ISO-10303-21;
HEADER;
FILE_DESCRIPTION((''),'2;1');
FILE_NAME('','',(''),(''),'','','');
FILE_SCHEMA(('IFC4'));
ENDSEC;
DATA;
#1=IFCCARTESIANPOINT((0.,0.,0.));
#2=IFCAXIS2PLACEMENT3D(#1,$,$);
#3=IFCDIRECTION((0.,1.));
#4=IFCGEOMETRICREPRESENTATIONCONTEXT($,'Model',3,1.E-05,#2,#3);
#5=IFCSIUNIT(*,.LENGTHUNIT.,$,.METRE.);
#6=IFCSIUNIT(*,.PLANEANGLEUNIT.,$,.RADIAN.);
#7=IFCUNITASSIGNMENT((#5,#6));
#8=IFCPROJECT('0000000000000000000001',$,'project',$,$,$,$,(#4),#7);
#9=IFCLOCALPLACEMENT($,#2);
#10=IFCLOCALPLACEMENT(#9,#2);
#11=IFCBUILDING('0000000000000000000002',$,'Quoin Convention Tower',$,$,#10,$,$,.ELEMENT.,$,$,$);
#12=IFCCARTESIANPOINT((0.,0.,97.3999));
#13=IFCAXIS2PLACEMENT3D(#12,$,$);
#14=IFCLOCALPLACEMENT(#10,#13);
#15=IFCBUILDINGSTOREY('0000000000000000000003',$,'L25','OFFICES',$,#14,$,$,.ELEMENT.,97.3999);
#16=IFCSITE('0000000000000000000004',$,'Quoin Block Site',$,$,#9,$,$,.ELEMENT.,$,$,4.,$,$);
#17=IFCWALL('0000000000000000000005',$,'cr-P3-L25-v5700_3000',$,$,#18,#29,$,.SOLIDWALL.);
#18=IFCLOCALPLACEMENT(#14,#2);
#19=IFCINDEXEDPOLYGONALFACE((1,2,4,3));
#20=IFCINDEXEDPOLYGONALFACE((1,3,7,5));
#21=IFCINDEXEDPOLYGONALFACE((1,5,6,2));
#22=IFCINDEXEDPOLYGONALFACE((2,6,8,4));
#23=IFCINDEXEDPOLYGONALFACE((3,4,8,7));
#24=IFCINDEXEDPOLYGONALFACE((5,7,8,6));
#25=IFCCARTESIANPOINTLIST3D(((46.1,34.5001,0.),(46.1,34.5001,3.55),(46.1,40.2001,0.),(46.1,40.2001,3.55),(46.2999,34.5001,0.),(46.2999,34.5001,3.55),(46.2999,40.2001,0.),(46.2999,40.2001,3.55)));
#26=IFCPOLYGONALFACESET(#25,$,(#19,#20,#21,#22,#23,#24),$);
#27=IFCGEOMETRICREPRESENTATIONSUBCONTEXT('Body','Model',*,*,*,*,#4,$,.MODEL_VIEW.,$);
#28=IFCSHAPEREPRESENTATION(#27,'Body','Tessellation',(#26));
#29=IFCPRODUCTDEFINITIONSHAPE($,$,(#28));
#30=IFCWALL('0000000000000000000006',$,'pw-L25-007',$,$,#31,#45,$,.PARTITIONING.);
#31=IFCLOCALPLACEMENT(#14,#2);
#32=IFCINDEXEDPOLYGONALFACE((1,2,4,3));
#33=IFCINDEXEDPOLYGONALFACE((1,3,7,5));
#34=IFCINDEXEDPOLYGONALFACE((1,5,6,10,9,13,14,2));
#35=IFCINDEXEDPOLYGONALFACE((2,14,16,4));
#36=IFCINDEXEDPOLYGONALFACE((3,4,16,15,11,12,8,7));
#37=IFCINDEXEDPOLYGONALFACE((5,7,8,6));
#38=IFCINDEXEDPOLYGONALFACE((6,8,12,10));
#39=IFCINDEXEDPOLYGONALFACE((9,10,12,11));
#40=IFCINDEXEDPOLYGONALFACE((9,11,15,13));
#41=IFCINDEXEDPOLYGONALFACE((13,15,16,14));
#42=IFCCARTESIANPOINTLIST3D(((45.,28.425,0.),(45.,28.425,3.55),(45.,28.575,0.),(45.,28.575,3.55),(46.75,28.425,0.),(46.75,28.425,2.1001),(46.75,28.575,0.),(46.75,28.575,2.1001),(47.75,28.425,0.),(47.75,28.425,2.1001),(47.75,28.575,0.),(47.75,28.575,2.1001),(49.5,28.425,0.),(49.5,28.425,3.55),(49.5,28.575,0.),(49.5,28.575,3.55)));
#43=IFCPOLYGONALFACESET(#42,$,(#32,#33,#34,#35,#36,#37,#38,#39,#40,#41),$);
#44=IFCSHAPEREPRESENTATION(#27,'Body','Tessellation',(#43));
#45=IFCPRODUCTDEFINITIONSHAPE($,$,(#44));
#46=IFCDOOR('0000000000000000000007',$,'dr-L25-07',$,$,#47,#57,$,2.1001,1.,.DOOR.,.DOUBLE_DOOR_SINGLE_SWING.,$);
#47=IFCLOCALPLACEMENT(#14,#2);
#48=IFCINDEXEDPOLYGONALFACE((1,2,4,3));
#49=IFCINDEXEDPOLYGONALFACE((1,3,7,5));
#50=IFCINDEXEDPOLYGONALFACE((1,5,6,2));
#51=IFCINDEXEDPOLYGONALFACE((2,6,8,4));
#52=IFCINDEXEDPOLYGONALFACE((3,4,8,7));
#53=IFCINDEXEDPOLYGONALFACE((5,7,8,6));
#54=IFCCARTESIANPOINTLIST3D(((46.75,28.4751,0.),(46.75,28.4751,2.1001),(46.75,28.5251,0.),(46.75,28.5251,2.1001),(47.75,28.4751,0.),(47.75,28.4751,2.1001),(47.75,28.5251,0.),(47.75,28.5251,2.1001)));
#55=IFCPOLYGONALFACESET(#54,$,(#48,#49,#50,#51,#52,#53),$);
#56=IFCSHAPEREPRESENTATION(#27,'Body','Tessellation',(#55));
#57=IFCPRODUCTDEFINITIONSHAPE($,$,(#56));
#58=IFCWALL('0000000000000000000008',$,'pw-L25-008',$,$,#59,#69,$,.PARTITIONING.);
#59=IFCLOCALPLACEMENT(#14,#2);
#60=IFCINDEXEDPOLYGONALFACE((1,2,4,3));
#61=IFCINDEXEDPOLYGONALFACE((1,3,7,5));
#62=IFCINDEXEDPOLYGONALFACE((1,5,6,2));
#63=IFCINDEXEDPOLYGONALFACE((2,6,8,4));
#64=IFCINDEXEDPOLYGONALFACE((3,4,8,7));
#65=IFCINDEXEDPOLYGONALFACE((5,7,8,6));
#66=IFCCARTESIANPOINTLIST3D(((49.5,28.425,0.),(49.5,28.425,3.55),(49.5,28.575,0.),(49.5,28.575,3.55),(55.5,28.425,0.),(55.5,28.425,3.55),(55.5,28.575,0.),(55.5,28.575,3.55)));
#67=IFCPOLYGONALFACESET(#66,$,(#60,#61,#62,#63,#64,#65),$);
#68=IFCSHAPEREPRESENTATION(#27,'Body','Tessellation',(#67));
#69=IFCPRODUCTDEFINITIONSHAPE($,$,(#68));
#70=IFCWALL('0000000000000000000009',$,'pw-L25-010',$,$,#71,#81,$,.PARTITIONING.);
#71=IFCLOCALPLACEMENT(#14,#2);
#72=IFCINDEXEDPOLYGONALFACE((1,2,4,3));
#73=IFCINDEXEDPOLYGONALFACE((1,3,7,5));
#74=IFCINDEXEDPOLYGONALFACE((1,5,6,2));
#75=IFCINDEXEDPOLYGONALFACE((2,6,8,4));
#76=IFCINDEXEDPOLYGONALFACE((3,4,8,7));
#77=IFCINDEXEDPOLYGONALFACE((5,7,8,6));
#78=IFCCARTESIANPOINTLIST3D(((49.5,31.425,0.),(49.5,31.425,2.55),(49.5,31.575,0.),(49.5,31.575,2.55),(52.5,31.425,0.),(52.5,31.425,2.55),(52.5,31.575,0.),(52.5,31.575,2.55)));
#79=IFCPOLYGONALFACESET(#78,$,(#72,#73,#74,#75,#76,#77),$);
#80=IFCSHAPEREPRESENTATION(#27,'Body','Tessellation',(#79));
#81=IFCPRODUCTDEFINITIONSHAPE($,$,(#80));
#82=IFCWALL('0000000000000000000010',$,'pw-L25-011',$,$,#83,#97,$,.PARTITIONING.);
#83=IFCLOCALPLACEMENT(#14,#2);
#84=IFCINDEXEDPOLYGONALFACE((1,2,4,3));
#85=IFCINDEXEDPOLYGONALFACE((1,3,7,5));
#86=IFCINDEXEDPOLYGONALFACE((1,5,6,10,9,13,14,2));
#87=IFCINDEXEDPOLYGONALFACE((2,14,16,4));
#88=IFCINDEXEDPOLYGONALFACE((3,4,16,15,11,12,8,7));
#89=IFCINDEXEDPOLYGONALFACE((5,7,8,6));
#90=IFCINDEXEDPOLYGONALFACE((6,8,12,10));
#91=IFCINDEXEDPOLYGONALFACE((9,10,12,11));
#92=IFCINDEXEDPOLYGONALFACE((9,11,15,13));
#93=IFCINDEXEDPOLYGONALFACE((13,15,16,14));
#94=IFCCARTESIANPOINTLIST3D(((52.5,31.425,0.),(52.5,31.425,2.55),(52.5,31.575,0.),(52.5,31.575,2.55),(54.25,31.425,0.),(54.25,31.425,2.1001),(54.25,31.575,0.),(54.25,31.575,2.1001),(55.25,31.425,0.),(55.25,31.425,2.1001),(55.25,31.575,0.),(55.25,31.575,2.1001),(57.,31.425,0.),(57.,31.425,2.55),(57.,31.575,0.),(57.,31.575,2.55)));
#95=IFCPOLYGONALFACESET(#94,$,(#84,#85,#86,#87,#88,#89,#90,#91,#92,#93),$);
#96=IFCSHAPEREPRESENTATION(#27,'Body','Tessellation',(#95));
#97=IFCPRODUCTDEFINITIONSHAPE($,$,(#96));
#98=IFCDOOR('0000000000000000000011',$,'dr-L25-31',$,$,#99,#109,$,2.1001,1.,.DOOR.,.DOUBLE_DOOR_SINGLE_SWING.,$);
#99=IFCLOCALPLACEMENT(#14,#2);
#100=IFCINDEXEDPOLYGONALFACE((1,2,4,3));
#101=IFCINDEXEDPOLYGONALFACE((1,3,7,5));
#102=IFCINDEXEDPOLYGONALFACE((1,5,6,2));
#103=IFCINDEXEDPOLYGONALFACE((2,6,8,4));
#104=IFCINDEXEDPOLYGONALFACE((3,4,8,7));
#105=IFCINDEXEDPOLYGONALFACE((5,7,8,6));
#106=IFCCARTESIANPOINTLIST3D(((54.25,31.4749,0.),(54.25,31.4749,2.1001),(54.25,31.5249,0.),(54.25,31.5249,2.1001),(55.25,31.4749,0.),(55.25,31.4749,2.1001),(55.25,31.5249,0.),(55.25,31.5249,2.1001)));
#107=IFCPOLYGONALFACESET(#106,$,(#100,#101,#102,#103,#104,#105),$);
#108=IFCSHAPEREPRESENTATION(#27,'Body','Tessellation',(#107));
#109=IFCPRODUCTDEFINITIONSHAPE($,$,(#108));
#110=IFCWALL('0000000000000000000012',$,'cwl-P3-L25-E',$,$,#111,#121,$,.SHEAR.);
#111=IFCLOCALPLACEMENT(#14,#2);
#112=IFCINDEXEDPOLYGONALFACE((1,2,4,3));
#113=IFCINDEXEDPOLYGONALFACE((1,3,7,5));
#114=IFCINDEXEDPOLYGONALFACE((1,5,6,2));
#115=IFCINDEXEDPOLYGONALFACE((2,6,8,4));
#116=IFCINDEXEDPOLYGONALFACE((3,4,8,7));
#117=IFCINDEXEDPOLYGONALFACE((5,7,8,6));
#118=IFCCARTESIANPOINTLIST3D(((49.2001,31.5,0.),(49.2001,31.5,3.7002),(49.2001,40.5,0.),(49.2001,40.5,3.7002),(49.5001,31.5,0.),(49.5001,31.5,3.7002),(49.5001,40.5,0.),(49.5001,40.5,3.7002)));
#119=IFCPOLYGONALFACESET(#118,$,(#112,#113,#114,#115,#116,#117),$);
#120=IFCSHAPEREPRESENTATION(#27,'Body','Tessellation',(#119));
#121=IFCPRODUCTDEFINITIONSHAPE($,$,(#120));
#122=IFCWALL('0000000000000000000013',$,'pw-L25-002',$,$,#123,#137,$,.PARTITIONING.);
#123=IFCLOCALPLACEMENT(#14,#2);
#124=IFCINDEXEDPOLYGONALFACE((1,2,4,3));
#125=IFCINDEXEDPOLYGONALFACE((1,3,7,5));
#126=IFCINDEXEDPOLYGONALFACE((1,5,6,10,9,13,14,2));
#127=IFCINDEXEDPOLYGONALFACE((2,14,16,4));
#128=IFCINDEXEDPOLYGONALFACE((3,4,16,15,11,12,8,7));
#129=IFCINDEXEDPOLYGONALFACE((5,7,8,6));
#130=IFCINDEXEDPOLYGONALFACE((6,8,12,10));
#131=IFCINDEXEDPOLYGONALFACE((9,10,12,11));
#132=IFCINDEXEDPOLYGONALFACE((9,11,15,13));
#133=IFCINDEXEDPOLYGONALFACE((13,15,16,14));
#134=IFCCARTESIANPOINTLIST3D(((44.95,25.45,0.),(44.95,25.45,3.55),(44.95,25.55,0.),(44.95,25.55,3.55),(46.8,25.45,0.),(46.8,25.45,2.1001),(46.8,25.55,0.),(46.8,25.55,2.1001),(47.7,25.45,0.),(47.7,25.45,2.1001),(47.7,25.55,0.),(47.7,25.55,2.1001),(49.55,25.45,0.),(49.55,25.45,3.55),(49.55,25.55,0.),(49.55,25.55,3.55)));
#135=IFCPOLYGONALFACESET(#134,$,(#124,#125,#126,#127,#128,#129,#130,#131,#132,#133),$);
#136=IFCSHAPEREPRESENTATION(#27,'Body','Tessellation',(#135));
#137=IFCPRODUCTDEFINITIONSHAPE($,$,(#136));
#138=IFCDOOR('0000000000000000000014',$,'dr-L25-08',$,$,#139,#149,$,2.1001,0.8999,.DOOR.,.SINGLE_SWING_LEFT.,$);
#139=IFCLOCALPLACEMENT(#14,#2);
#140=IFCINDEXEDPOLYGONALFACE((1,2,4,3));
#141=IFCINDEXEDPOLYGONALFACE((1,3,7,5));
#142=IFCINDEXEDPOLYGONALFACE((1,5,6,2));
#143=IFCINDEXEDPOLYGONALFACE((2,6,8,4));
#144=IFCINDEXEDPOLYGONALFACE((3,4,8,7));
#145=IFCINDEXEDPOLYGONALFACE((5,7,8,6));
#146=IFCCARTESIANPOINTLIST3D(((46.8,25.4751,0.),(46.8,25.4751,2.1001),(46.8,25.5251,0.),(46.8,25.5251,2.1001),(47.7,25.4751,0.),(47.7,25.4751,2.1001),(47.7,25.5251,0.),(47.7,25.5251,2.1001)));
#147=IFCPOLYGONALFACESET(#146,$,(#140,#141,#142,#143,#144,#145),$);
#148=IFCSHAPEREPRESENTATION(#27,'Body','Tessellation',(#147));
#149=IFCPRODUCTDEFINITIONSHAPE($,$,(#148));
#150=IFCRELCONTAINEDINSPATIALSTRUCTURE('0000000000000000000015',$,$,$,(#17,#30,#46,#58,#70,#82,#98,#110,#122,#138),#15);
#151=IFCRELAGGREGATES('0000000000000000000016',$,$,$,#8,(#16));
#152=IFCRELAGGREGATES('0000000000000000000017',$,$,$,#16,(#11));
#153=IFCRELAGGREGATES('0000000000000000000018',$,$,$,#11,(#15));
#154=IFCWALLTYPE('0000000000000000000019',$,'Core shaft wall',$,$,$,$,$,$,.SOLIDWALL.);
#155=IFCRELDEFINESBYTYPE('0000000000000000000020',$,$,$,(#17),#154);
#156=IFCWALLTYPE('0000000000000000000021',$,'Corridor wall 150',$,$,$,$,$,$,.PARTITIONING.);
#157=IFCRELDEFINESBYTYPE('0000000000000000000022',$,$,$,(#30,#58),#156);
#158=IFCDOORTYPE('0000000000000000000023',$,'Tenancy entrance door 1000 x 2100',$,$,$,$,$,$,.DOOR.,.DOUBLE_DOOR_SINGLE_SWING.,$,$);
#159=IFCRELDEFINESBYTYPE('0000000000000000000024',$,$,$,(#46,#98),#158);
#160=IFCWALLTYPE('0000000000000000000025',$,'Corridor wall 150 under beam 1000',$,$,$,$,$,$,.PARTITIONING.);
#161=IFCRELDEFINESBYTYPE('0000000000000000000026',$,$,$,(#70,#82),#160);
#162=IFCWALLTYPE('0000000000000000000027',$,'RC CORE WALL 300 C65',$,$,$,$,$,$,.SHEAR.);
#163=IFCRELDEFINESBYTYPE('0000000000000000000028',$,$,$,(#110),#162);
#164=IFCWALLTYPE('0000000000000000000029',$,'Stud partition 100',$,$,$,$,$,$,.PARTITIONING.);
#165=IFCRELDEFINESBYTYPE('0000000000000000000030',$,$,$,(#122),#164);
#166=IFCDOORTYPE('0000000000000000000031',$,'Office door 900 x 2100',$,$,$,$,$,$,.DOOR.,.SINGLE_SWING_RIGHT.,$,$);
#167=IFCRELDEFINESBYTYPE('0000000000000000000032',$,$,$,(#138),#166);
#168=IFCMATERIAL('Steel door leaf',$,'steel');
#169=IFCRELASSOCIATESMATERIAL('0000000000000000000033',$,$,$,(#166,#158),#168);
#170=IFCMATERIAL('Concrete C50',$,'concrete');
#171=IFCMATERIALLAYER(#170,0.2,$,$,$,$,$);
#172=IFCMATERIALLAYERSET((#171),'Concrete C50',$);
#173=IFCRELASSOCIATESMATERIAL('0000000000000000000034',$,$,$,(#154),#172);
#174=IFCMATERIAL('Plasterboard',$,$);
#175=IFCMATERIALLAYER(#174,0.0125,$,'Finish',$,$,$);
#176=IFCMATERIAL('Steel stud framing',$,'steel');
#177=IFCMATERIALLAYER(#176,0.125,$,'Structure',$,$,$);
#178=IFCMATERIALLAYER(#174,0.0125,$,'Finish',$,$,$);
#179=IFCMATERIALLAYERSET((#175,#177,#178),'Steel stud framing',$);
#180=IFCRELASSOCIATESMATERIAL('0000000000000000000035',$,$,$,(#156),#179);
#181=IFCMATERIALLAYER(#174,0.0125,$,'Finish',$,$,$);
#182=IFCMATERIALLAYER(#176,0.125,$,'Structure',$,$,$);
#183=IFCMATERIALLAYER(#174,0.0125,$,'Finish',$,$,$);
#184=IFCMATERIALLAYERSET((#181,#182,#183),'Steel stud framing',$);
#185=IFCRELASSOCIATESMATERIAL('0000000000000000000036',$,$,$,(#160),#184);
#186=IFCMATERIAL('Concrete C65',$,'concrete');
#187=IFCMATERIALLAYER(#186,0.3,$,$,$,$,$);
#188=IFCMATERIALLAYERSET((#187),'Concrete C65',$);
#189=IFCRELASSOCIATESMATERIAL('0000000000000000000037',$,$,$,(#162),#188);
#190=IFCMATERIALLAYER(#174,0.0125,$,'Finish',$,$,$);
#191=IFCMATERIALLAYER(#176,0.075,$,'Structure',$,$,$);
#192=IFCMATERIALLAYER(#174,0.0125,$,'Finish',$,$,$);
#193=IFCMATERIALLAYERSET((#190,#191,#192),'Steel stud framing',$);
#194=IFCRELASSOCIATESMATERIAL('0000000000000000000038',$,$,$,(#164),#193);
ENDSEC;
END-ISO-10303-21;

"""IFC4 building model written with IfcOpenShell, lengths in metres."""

from ifc_helpers import new_model, si_unit, direction, frame, frame_2d, origin, place, context, subcontext, project, spatial, rectangle, extrude, material, layer, layer_set, type_object, element, fill, save


model = new_model("IFC4")

# Units and contexts
model_context = context("Model", 3, precision=1e-05, world=origin(), true_north=direction((0.0, 1.0)))
body_context = subcontext(model_context, "Body", "Model", "MODEL_VIEW")
ifc_project = project(units=[si_unit("LENGTHUNIT", "METRE"), si_unit("PLANEANGLEUNIT", "RADIAN")], contexts=[model_context])

# Site, building, storey
site_placement = place(None, origin())
site = spatial("IfcSite", under=ifc_project, at=site_placement, Name="Quoin Block Site", CompositionType="ELEMENT", RefElevation=4.0)
building_placement = place(site_placement, origin())
building = spatial("IfcBuilding", under=site, at=building_placement, Name="Quoin Convention Tower", CompositionType="ELEMENT")
storey_placement = place(building_placement, frame((0.0, 0.0, 97.3999)))
storey = spatial("IfcBuildingStorey", under=building, at=storey_placement, Name="L25", Description="OFFICES", CompositionType="ELEMENT", Elevation=97.3999)

# Shared definitions
ifc_material_1 = material(Name="Concrete C65", Category="concrete")

# Shared definitions
ifc_material_2 = material(Name="Plasterboard")
ifc_material_3 = material(Name="Steel stud framing", Category="steel")
ifc_material_4 = material(Name="Steel door leaf", Category="steel")
door_type_1 = type_object("IfcDoorType", Name="Office door 900 x 2100", OperationType="SINGLE_SWING_RIGHT", PredefinedType="DOOR", material=ifc_material_4)

# Wall
ifc_material_5 = material(Name="Concrete C50", Category="concrete")
ifc_layer_1 = layer(ifc_material_5, 0.2)
ifc_layer_set_1 = layer_set([ifc_layer_1], Name="Concrete C50")
wall_type_1 = type_object("IfcWallType", Name="Core shaft wall", PredefinedType="SOLIDWALL", material=ifc_layer_set_1)
wall_1_placement = place(storey_placement, frame((46.2, 34.5, 0.0), z_axis=(0.0, 0.0, 1.0), x_axis=(0.0, 1.0, 0.0)))
element("IfcWall", 1, at=wall_1_placement, inside=storey, type_object=wall_type_1, Name="cr-P3-L25-v5700_3000", PredefinedType="SOLIDWALL", context=body_context, shape_type="SweptSolid", body=[
    extrude(rectangle(XDim=5.7, YDim=0.2, at=frame_2d((2.8501, 0.0))), origin(), (0.0, 0.0, 1.0), 3.55),
])

# Wall, opening, door
ifc_layer_2 = layer(ifc_material_2, 0.0125, Name="Finish")
ifc_layer_3 = layer(ifc_material_3, 0.125, Name="Structure")
ifc_layer_4 = layer(ifc_material_2, 0.0125, Name="Finish")
ifc_layer_set_2 = layer_set([ifc_layer_2, ifc_layer_3, ifc_layer_4], Name="Steel stud framing")
wall_type_2 = type_object("IfcWallType", Name="Corridor wall 150", PredefinedType="PARTITIONING", material=ifc_layer_set_2)
wall_2_placement = place(storey_placement, frame((45.0, 28.5, 0.0), z_axis=(0.0, 0.0, 1.0), x_axis=(1.0, 0.0, 0.0)))
wall_2 = element("IfcWall", 2, at=wall_2_placement, inside=storey, type_object=wall_type_2, Name="pw-L25-007", PredefinedType="PARTITIONING", context=body_context, shape_type="SweptSolid", body=[
    extrude(rectangle(XDim=4.5, YDim=0.1499, at=frame_2d((2.25, 0.0))), origin(), (0.0, 0.0, 1.0), 3.55),
])
opening_1_placement = place(wall_2_placement, frame((1.75, 0.0, 0.0)))
opening_1 = element("IfcOpeningElement", 3, at=opening_1_placement, cuts=wall_2, PredefinedType="OPENING", context=body_context, shape_type="SweptSolid", body=[
    extrude(rectangle(XDim=1.0, YDim=2.1001, at=frame_2d((0.5, 1.05))), frame((0.0, 0.085, 0.0), z_axis=(0.0, -1.0, 0.0), x_axis=(1.0, 0.0, 0.0)), (0.0, 0.0, 1.0), 0.1699),
])
door_type_2 = type_object("IfcDoorType", Name="Tenancy entrance door 1000 x 2100", OperationType="DOUBLE_DOOR_SINGLE_SWING", PredefinedType="DOOR", material=ifc_material_4)
door_1_placement = place(opening_1_placement, frame((1.0, 0.0, 0.0), z_axis=(0.0, 0.0, 1.0), x_axis=(-1.0, 0.0, 0.0)))
door_1 = element("IfcDoor", 4, at=door_1_placement, inside=storey, type_object=door_type_2, Name="dr-L25-07", OperationType="DOUBLE_DOOR_SINGLE_SWING", OverallHeight=2.1001, OverallWidth=1.0, PredefinedType="DOOR", context=body_context, shape_type="SweptSolid", body=[
    extrude(rectangle(XDim=1.0, YDim=2.1001, at=frame_2d((0.5, 1.05))), frame((0.0, 0.0249, 0.0), z_axis=(0.0, -1.0, 0.0), x_axis=(1.0, 0.0, 0.0)), (0.0, 0.0, 1.0), 0.05),
])
fill(opening_1, door_1)

# Walls
wall_3_placement = place(storey_placement, frame((49.5, 28.5, 0.0), z_axis=(0.0, 0.0, 1.0), x_axis=(1.0, 0.0, 0.0)))
element("IfcWall", 5, at=wall_3_placement, inside=storey, type_object=wall_type_2, Name="pw-L25-008", PredefinedType="PARTITIONING", context=body_context, shape_type="SweptSolid", body=[
    extrude(rectangle(XDim=6.0, YDim=0.1499, at=frame_2d((3.0, 0.0))), origin(), (0.0, 0.0, 1.0), 3.55),
])
ifc_layer_5 = layer(ifc_material_2, 0.0125, Name="Finish")
ifc_layer_6 = layer(ifc_material_3, 0.125, Name="Structure")
ifc_layer_7 = layer(ifc_material_2, 0.0125, Name="Finish")
ifc_layer_set_3 = layer_set([ifc_layer_5, ifc_layer_6, ifc_layer_7], Name="Steel stud framing")
wall_type_3 = type_object("IfcWallType", Name="Corridor wall 150 under beam 1000", PredefinedType="PARTITIONING", material=ifc_layer_set_3)
wall_4_placement = place(storey_placement, frame((49.5, 31.5, 0.0), z_axis=(0.0, 0.0, 1.0), x_axis=(1.0, 0.0, 0.0)))
element("IfcWall", 6, at=wall_4_placement, inside=storey, type_object=wall_type_3, Name="pw-L25-010", PredefinedType="PARTITIONING", context=body_context, shape_type="SweptSolid", body=[
    extrude(rectangle(XDim=3.0, YDim=0.1499, at=frame_2d((1.5, 0.0))), origin(), (0.0, 0.0, 1.0), 2.55),
])

# Wall, opening, door
wall_5_placement = place(storey_placement, frame((52.5, 31.5, 0.0), z_axis=(0.0, 0.0, 1.0), x_axis=(1.0, 0.0, 0.0)))
wall_5 = element("IfcWall", 7, at=wall_5_placement, inside=storey, type_object=wall_type_3, Name="pw-L25-011", PredefinedType="PARTITIONING", context=body_context, shape_type="SweptSolid", body=[
    extrude(rectangle(XDim=4.5, YDim=0.1499, at=frame_2d((2.25, 0.0))), origin(), (0.0, 0.0, 1.0), 2.55),
])
opening_2_placement = place(wall_5_placement, frame((1.75, 0.0, 0.0)))
opening_2 = element("IfcOpeningElement", 8, at=opening_2_placement, cuts=wall_5, PredefinedType="OPENING", context=body_context, shape_type="SweptSolid", body=[
    extrude(rectangle(XDim=1.0, YDim=2.1001, at=frame_2d((0.5, 1.05))), frame((0.0, 0.085, 0.0), z_axis=(0.0, -1.0, 0.0), x_axis=(1.0, 0.0, 0.0)), (0.0, 0.0, 1.0), 0.1699),
])
door_2_placement = place(opening_2_placement, origin())
door_2 = element("IfcDoor", 9, at=door_2_placement, inside=storey, type_object=door_type_2, Name="dr-L25-31", OperationType="DOUBLE_DOOR_SINGLE_SWING", OverallHeight=2.1001, OverallWidth=1.0, PredefinedType="DOOR", context=body_context, shape_type="SweptSolid", body=[
    extrude(rectangle(XDim=1.0, YDim=2.1001, at=frame_2d((0.5, 1.05))), frame((0.0, 0.0249, 0.0), z_axis=(0.0, -1.0, 0.0), x_axis=(1.0, 0.0, 0.0)), (0.0, 0.0, 1.0), 0.05),
])
fill(opening_2, door_2)

# Wall
ifc_layer_8 = layer(ifc_material_1, 0.3)
ifc_layer_set_4 = layer_set([ifc_layer_8], Name="Concrete C65")
wall_type_4 = type_object("IfcWallType", Name="RC CORE WALL 300 C65", PredefinedType="SHEAR", material=ifc_layer_set_4)
wall_6_placement = place(storey_placement, frame((49.3501, 31.5, 0.0), z_axis=(0.0, 0.0, 1.0), x_axis=(0.0, 1.0, 0.0)))
element("IfcWall", 10, at=wall_6_placement, inside=storey, type_object=wall_type_4, Name="cwl-P3-L25-E", PredefinedType="SHEAR", context=body_context, shape_type="SweptSolid", body=[
    extrude(rectangle(XDim=9.0, YDim=0.3, at=frame_2d((4.5, 0.0))), origin(), (0.0, 0.0, 1.0), 3.7002),
])

# Wall, opening, door
ifc_layer_9 = layer(ifc_material_2, 0.0125, Name="Finish")
ifc_layer_10 = layer(ifc_material_3, 0.075, Name="Structure")
ifc_layer_11 = layer(ifc_material_2, 0.0125, Name="Finish")
ifc_layer_set_5 = layer_set([ifc_layer_9, ifc_layer_10, ifc_layer_11], Name="Steel stud framing")
wall_type_5 = type_object("IfcWallType", Name="Stud partition 100", PredefinedType="PARTITIONING", material=ifc_layer_set_5)
wall_7_placement = place(storey_placement, frame((44.95, 25.5, 0.0), z_axis=(0.0, 0.0, 1.0), x_axis=(1.0, 0.0, 0.0)))
wall_7 = element("IfcWall", 11, at=wall_7_placement, inside=storey, type_object=wall_type_5, Name="pw-L25-002", PredefinedType="PARTITIONING", context=body_context, shape_type="SweptSolid", body=[
    extrude(rectangle(XDim=4.6001, YDim=0.1001, at=frame_2d((2.3, 0.0))), origin(), (0.0, 0.0, 1.0), 3.55),
])
opening_3_placement = place(wall_7_placement, frame((1.8501, 0.0, 0.0)))
opening_3 = element("IfcOpeningElement", 12, at=opening_3_placement, cuts=wall_7, PredefinedType="OPENING", context=body_context, shape_type="SweptSolid", body=[
    extrude(rectangle(XDim=0.8999, YDim=2.1001, at=frame_2d((0.45, 1.05))), frame((0.0, 0.0601, 0.0), z_axis=(0.0, -1.0, 0.0), x_axis=(1.0, 0.0, 0.0)), (0.0, 0.0, 1.0), 0.1201),
])
door_3_placement = place(opening_3_placement, frame((0.8999, 0.0, 0.0), z_axis=(0.0, 0.0, 1.0), x_axis=(-1.0, 0.0, 0.0)))
door_3 = element("IfcDoor", 13, at=door_3_placement, inside=storey, type_object=door_type_1, Name="dr-L25-08", OperationType="SINGLE_SWING_LEFT", OverallHeight=2.1001, OverallWidth=0.8999, PredefinedType="DOOR", context=body_context, shape_type="SweptSolid", body=[
    extrude(rectangle(XDim=0.8999, YDim=2.1001, at=frame_2d((0.45, 1.05))), frame((0.0, 0.0249, 0.0), z_axis=(0.0, -1.0, 0.0), x_axis=(1.0, 0.0, 0.0)), (0.0, 0.0, 1.0), 0.05),
])
fill(opening_3, door_3)

save(model, "model.ifc")
